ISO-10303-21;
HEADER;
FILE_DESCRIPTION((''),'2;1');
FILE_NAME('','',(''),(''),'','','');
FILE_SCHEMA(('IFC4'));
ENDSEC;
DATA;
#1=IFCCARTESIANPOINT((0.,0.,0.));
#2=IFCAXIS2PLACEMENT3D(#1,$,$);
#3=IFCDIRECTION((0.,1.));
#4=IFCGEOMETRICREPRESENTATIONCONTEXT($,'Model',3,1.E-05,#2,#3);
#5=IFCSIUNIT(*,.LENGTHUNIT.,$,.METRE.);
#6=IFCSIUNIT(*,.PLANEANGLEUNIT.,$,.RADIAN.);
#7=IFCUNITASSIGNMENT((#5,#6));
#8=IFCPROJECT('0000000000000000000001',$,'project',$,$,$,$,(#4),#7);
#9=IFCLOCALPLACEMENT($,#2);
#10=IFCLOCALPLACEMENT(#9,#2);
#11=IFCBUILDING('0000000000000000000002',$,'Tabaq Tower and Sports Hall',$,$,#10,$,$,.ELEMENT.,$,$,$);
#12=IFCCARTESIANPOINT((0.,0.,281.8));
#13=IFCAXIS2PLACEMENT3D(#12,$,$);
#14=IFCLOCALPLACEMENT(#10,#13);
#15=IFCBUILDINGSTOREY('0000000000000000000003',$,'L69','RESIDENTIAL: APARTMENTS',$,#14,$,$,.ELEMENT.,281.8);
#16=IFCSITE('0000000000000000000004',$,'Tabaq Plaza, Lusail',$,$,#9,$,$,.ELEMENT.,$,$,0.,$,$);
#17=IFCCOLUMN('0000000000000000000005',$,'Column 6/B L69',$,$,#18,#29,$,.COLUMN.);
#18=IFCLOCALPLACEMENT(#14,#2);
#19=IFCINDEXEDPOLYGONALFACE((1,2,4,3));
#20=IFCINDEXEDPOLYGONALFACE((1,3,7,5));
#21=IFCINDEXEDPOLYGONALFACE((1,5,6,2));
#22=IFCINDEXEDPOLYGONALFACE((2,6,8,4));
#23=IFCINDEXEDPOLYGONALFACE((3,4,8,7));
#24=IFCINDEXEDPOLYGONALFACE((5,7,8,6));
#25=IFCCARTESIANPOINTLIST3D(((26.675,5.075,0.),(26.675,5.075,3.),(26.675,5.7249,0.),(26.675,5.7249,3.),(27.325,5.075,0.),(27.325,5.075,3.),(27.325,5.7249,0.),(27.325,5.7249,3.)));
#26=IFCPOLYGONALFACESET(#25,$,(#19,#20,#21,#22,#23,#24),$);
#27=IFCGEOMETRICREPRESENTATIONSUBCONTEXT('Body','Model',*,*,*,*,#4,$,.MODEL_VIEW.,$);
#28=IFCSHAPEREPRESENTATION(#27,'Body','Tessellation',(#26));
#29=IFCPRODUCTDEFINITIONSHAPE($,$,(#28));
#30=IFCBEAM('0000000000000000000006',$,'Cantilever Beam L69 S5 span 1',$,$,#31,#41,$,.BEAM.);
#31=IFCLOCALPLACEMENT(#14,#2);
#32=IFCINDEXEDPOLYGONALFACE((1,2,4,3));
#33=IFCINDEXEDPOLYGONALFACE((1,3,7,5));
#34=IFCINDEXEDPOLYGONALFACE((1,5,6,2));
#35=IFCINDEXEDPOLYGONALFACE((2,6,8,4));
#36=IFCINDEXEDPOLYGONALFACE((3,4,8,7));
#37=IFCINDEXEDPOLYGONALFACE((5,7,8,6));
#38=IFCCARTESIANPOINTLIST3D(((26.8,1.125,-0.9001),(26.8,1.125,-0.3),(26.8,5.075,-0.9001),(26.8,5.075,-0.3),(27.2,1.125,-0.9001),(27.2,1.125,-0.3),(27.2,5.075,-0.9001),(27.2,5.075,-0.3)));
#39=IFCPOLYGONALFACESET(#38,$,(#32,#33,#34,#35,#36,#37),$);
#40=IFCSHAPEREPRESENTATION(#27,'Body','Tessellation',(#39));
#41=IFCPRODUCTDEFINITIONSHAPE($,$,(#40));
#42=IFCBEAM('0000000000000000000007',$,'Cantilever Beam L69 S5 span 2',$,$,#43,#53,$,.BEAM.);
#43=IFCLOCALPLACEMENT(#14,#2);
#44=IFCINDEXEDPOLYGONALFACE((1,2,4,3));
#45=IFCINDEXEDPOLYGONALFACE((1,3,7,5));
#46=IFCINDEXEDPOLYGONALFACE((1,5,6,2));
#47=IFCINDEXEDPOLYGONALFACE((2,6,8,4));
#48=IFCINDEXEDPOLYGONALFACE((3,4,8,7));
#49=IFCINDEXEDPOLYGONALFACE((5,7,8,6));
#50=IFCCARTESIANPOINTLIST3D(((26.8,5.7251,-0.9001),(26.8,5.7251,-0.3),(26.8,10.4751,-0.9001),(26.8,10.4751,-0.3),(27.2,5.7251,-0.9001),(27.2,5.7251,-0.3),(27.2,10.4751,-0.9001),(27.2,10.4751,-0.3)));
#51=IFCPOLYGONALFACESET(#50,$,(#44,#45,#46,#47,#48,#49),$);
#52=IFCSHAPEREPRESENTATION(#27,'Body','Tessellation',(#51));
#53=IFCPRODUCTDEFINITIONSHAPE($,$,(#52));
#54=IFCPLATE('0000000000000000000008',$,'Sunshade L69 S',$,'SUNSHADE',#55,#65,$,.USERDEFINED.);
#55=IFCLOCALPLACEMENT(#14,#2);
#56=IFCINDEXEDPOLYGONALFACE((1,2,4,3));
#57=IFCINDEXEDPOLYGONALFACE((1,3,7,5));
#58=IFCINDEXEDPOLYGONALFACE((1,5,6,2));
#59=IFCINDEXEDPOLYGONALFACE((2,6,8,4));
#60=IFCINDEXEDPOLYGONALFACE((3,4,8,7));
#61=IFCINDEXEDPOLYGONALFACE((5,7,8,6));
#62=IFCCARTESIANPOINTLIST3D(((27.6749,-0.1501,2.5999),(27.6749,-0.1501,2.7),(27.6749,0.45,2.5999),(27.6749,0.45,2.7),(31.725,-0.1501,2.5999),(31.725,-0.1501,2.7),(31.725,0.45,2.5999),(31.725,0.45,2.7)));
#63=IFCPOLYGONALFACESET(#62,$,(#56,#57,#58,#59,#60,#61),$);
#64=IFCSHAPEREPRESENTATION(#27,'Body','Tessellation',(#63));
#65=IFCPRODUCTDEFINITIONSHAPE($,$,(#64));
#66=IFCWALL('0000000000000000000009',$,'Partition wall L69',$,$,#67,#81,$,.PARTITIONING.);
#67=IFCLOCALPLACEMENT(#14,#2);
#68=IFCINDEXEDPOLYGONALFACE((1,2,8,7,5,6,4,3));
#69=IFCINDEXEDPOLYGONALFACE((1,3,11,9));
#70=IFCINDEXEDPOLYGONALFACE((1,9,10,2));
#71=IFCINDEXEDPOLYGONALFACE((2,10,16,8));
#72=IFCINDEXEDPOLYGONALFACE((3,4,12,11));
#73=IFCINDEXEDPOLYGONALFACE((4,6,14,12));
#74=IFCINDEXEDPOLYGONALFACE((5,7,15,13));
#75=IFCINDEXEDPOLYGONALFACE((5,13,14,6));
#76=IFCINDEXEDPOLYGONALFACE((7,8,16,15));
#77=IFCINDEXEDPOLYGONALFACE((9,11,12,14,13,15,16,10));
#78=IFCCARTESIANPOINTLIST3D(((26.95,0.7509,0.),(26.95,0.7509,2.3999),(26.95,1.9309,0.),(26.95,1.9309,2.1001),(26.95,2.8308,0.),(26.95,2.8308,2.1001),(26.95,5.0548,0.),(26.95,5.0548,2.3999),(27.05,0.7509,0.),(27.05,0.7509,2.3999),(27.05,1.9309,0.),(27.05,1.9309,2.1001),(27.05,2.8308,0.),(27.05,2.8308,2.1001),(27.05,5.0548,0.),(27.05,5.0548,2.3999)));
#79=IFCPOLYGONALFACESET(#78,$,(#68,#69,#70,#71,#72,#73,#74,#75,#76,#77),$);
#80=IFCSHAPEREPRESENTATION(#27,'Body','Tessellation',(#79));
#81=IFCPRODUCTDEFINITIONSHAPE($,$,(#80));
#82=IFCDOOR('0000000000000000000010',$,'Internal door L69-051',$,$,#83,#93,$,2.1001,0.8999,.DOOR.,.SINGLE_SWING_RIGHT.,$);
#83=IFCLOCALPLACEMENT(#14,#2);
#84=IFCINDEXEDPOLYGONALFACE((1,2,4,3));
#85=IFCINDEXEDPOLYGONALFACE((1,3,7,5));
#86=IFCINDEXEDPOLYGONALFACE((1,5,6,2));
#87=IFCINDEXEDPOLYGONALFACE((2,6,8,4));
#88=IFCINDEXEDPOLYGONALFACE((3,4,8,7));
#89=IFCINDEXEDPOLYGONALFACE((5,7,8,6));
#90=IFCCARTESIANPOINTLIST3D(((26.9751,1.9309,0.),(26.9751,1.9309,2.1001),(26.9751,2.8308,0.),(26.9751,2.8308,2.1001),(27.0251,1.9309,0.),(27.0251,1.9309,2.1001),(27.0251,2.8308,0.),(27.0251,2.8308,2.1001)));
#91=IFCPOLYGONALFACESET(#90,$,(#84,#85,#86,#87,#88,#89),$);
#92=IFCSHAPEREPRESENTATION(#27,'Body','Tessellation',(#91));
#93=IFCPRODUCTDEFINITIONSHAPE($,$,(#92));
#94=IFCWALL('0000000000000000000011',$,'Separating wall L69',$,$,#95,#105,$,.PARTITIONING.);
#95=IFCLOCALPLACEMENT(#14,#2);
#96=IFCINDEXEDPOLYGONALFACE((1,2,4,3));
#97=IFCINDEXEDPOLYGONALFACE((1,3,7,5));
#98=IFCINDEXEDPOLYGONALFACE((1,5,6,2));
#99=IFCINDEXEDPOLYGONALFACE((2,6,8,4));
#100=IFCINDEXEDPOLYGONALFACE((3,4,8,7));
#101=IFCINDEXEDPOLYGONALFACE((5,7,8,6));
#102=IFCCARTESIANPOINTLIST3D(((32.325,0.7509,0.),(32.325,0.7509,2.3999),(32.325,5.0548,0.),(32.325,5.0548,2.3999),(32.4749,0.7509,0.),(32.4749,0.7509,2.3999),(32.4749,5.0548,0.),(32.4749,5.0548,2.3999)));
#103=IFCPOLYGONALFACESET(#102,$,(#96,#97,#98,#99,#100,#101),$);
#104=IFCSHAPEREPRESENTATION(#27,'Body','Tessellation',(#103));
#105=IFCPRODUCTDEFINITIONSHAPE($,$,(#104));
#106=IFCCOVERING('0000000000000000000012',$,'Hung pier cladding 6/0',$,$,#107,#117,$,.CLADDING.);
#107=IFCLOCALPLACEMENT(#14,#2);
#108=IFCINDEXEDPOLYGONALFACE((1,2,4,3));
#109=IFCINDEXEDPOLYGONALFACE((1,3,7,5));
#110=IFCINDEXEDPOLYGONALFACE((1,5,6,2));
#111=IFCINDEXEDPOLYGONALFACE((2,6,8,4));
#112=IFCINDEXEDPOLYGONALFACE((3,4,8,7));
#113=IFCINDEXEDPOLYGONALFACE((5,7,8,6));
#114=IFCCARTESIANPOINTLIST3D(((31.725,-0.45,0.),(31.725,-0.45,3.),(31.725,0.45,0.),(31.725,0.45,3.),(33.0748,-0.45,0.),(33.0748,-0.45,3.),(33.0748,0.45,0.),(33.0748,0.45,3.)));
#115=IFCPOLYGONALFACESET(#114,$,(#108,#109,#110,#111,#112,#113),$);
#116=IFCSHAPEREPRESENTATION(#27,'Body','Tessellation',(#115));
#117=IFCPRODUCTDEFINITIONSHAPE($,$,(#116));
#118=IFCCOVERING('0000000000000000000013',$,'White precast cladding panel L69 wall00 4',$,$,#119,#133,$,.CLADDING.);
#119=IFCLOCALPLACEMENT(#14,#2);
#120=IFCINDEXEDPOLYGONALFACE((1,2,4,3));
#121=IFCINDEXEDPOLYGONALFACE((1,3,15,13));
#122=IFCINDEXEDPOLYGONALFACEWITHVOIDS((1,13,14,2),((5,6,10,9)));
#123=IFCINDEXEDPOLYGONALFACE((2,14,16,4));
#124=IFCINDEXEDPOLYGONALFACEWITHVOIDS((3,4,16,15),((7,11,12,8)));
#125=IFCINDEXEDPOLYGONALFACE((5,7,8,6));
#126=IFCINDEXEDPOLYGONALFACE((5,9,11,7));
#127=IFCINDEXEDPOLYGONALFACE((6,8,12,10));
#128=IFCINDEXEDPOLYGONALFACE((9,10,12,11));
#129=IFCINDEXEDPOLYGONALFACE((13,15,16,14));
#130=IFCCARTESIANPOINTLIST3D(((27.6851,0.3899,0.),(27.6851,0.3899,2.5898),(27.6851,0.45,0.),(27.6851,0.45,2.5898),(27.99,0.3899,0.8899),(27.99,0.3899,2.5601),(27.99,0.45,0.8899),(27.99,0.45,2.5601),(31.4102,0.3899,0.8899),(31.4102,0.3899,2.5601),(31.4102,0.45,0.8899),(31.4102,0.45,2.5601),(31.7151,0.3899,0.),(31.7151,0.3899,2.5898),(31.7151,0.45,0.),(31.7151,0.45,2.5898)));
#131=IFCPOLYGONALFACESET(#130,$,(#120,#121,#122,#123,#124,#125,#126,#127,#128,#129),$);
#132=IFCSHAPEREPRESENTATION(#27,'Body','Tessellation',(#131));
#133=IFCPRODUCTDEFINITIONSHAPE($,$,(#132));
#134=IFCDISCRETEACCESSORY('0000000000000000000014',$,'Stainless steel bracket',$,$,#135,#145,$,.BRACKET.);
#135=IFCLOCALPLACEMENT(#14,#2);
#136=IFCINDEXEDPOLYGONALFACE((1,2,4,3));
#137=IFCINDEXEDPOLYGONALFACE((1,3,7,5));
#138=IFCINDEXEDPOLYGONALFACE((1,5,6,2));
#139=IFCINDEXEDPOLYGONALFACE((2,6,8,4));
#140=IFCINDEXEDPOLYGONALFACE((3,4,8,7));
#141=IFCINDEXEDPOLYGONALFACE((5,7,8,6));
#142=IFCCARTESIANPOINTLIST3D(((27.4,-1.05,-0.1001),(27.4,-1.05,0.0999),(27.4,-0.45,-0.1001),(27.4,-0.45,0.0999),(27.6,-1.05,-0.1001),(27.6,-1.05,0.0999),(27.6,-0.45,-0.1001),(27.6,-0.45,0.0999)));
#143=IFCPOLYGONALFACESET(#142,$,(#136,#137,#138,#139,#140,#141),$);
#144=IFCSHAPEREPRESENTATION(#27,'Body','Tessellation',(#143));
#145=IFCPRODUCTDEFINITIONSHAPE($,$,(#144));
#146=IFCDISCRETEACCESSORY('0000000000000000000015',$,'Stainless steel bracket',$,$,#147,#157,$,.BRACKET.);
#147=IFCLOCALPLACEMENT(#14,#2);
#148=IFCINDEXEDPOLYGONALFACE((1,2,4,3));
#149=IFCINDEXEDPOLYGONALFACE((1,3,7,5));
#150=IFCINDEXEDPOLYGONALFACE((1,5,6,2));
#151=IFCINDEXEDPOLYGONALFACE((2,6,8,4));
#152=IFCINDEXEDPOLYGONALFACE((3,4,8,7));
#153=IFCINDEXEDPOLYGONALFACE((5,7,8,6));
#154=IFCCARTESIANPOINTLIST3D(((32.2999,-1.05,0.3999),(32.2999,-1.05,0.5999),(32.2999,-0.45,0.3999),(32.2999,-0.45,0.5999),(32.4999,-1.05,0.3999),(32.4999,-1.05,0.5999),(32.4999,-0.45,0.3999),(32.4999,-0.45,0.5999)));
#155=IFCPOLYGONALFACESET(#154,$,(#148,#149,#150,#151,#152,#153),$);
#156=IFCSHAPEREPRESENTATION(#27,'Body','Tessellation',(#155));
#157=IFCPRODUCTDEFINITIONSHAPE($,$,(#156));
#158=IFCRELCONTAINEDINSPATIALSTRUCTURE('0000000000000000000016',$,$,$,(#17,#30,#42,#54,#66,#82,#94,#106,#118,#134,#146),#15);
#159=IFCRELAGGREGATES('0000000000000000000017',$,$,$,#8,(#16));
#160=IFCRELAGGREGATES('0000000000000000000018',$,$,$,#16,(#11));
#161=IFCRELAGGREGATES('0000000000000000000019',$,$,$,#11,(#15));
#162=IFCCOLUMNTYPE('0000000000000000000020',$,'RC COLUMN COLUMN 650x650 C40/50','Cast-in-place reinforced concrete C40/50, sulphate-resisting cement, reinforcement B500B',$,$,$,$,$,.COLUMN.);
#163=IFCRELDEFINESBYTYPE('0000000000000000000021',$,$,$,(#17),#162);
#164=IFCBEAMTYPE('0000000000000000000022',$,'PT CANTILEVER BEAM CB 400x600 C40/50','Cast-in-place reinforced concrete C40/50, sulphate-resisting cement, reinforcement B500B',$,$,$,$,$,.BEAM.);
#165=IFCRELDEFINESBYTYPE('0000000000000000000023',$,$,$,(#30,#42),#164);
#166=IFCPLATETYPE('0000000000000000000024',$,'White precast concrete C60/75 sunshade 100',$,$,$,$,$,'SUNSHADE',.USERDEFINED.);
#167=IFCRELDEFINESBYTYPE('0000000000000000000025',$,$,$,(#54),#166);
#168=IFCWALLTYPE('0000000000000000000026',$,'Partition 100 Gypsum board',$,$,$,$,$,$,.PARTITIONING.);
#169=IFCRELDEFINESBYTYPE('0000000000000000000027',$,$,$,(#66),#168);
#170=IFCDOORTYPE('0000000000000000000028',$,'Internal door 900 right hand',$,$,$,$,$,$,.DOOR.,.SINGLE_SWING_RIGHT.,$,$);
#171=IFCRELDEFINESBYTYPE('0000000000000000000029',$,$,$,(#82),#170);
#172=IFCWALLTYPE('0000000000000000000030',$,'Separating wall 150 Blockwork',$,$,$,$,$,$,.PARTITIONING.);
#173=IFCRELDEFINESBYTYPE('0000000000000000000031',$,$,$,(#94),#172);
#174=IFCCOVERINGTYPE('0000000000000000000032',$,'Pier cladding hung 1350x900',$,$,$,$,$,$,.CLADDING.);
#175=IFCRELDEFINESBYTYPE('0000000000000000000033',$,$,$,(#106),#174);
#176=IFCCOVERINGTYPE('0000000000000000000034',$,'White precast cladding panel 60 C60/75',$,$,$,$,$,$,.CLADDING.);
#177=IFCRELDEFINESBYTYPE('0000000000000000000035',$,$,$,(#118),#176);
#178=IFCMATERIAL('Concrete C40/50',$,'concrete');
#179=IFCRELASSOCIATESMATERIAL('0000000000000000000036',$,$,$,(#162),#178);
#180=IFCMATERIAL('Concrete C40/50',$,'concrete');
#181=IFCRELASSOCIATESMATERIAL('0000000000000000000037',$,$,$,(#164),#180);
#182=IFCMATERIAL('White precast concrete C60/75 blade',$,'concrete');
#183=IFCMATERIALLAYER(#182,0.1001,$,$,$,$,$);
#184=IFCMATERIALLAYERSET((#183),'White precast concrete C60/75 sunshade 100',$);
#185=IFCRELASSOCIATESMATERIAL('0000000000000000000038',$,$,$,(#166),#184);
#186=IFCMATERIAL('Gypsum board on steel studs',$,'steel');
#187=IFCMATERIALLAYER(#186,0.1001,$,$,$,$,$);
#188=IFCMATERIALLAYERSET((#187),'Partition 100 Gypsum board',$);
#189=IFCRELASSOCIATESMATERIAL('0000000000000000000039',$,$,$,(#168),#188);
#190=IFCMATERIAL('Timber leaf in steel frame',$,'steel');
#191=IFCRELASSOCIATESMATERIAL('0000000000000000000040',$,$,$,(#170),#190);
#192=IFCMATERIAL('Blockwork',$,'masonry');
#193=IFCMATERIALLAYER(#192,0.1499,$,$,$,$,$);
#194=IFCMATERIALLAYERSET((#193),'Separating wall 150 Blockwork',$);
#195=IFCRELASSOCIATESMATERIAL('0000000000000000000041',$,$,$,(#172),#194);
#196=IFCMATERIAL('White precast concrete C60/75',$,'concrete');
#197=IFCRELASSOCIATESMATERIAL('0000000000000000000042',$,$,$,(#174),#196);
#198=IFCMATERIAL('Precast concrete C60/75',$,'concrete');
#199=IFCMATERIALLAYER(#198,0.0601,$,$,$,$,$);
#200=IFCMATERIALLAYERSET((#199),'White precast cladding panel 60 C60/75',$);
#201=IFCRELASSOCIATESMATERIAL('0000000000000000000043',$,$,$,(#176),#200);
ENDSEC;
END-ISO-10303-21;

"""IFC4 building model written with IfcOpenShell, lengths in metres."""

from ifc_helpers import new_model, si_unit, direction, frame, frame_2d, origin, origin_2d, place, context, subcontext, project, spatial, polyline, rectangle, outline, extrude, material, layer, layer_set, material_profile, profile_set, type_object, element, fill, save


model = new_model("IFC4")

# Units and contexts
model_context = context("Model", 3, precision=1e-05, world=origin(), true_north=direction((0.0, 1.0)))
body_context = subcontext(model_context, "Body", "Model", "MODEL_VIEW")
ifc_project = project(units=[si_unit("LENGTHUNIT", "METRE"), si_unit("PLANEANGLEUNIT", "RADIAN")], contexts=[model_context])

# Site, building, storey
site_placement = place(None, origin())
site = spatial("IfcSite", under=ifc_project, at=site_placement, Name="Tabaq Plaza, Lusail", CompositionType="ELEMENT", RefElevation=0.0)
building_placement = place(site_placement, origin())
building = spatial("IfcBuilding", under=site, at=building_placement, Name="Tabaq Tower and Sports Hall", CompositionType="ELEMENT")
storey_placement = place(building_placement, frame((0.0, 0.0, 281.8)))
storey = spatial("IfcBuildingStorey", under=building, at=storey_placement, Name="L69", Description="RESIDENTIAL: APARTMENTS", CompositionType="ELEMENT", Elevation=281.8)

# Column
ifc_material_1 = material(Name="Concrete C40/50", Category="concrete")
ifc_material_profile_1 = material_profile(ifc_material_1, rectangle(XDim=0.6499, YDim=0.6499, at=origin_2d()), Name="COLUMN 650x650")
ifc_profile_set_1 = profile_set([ifc_material_profile_1], Name="Concrete C40/50")
column_type = type_object("IfcColumnType", Name="RC COLUMN COLUMN 650x650 C40/50", Description="Cast-in-place reinforced concrete C40/50, sulphate-resisting cement, reinforcement B500B", PredefinedType="COLUMN", material=ifc_profile_set_1)
column_placement = place(storey_placement, frame((27.0, 5.3999, 0.0), z_axis=(0.0, 0.0, 1.0), x_axis=(1.0, 0.0, 0.0)))
element("IfcColumn", 1, at=column_placement, inside=storey, type_object=column_type, Name="Column 6/B L69", PredefinedType="COLUMN", context=body_context, shape_type="SweptSolid", body=[
    extrude(rectangle(XDim=0.6499, YDim=0.6499, at=origin_2d()), origin(), (0.0, 0.0, 1.0), 3.0),
])

# Beams
ifc_material_2 = material(Name="Concrete C40/50", Category="concrete")
ifc_material_profile_2 = material_profile(ifc_material_2, rectangle(XDim=0.3999, YDim=0.6001, at=origin_2d()), Name="CB 400x600")
ifc_profile_set_2 = profile_set([ifc_material_profile_2], Name="Concrete C40/50")
beam_type = type_object("IfcBeamType", Name="PT CANTILEVER BEAM CB 400x600 C40/50", Description="Cast-in-place reinforced concrete C40/50, sulphate-resisting cement, reinforcement B500B", PredefinedType="BEAM", material=ifc_profile_set_2)
beam_1_placement = place(storey_placement, frame((27.0, 1.125, -0.6001), z_axis=(0.0, 1.0, 0.0), x_axis=(-1.0, 0.0, 0.0)))
element("IfcBeam", 2, at=beam_1_placement, inside=storey, type_object=beam_type, Name="Cantilever Beam L69 S5 span 1", PredefinedType="BEAM", context=body_context, shape_type="SweptSolid", body=[
    extrude(rectangle(XDim=0.3999, YDim=0.6001, at=origin_2d()), origin(), (0.0, 0.0, 1.0), 3.95),
])
beam_2_placement = place(storey_placement, frame((27.0, 5.7251, -0.6001), z_axis=(0.0, 1.0, 0.0), x_axis=(-1.0, 0.0, 0.0)))
element("IfcBeam", 3, at=beam_2_placement, inside=storey, type_object=beam_type, Name="Cantilever Beam L69 S5 span 2", PredefinedType="BEAM", context=body_context, shape_type="SweptSolid", body=[
    extrude(rectangle(XDim=0.3999, YDim=0.6001, at=origin_2d()), origin(), (0.0, 0.0, 1.0), 4.75),
])

# Plate
ifc_material_3 = material(Name="White precast concrete C60/75 blade", Category="concrete")
ifc_layer_1 = layer(ifc_material_3, 0.1001)
ifc_layer_set_1 = layer_set([ifc_layer_1], Name="White precast concrete C60/75 sunshade 100")
plate_type = type_object("IfcPlateType", Name="White precast concrete C60/75 sunshade 100", ElementType="SUNSHADE", PredefinedType="USERDEFINED", material=ifc_layer_set_1)
plate_placement = place(storey_placement, frame((29.7, 0.1499, 2.5999), z_axis=(0.0, 0.0, 1.0), x_axis=(1.0, 0.0, 0.0)))
element("IfcPlate", 4, at=plate_placement, inside=storey, type_object=plate_type, Name="Sunshade L69 S", ObjectType="SUNSHADE", PredefinedType="USERDEFINED", context=body_context, shape_type="SweptSolid", body=[
    extrude(rectangle(XDim=4.05, YDim=0.6001, at=origin_2d()), origin(), (0.0, 0.0, 1.0), 0.1001),
])

# Wall, opening, door
ifc_material_4 = material(Name="Gypsum board on steel studs", Category="steel")
ifc_layer_2 = layer(ifc_material_4, 0.1001)
ifc_layer_set_2 = layer_set([ifc_layer_2], Name="Partition 100 Gypsum board")
wall_type_1 = type_object("IfcWallType", Name="Partition 100 Gypsum board", PredefinedType="PARTITIONING", material=ifc_layer_set_2)
wall_1_placement = place(storey_placement, frame((27.0, 0.751, 0.0), z_axis=(0.0, 0.0, 1.0), x_axis=(0.0, 1.0, 0.0)))
wall_1 = element("IfcWall", 5, at=wall_1_placement, inside=storey, type_object=wall_type_1, Name="Partition wall L69", PredefinedType="PARTITIONING", context=body_context, shape_type="SweptSolid", body=[
    extrude(rectangle(XDim=4.304, YDim=0.1001, at=frame_2d((2.1519, 0.0))), origin(), (0.0, 0.0, 1.0), 2.3999),
])
opening_placement = place(wall_1_placement, frame((1.1799, 0.0, 0.0)))
opening = element("IfcOpeningElement", 6, at=opening_placement, cuts=wall_1, PredefinedType="OPENING", context=body_context, shape_type="SweptSolid", body=[
    extrude(rectangle(XDim=0.8999, YDim=2.1001, at=frame_2d((0.45, 1.05))), frame((0.0, 0.05, 0.0), z_axis=(0.0, -1.0, 0.0), x_axis=(1.0, 0.0, 0.0)), (0.0, 0.0, 1.0), 0.1001),
])
ifc_material_5 = material(Name="Timber leaf in steel frame", Category="steel")
door_type = type_object("IfcDoorType", Name="Internal door 900 right hand", OperationType="SINGLE_SWING_RIGHT", PredefinedType="DOOR", material=ifc_material_5)
door_placement = place(opening_placement, origin())
door = element("IfcDoor", 7, at=door_placement, inside=storey, type_object=door_type, Name="Internal door L69-051", OperationType="SINGLE_SWING_RIGHT", OverallHeight=2.1001, OverallWidth=0.8999, PredefinedType="DOOR", context=body_context, shape_type="SweptSolid", body=[
    extrude(rectangle(XDim=0.8999, YDim=2.1001, at=frame_2d((0.45, 1.05))), frame((0.0, 0.0249, 0.0), z_axis=(0.0, -1.0, 0.0), x_axis=(1.0, 0.0, 0.0)), (0.0, 0.0, 1.0), 0.05),
])
fill(opening, door)

# Wall
ifc_material_6 = material(Name="Blockwork", Category="masonry")
ifc_layer_3 = layer(ifc_material_6, 0.1499)
ifc_layer_set_3 = layer_set([ifc_layer_3], Name="Separating wall 150 Blockwork")
wall_type_2 = type_object("IfcWallType", Name="Separating wall 150 Blockwork", PredefinedType="PARTITIONING", material=ifc_layer_set_3)
wall_2_placement = place(storey_placement, frame((32.3999, 0.751, 0.0), z_axis=(0.0, 0.0, 1.0), x_axis=(0.0, 1.0, 0.0)))
element("IfcWall", 8, at=wall_2_placement, inside=storey, type_object=wall_type_2, Name="Separating wall L69", PredefinedType="PARTITIONING", context=body_context, shape_type="SweptSolid", body=[
    extrude(rectangle(XDim=4.304, YDim=0.1499, at=frame_2d((2.1519, 0.0))), origin(), (0.0, 0.0, 1.0), 2.3999),
])

# Coverings
ifc_material_7 = material(Name="White precast concrete C60/75", Category="concrete")
covering_type_1 = type_object("IfcCoveringType", Name="Pier cladding hung 1350x900", PredefinedType="CLADDING", material=ifc_material_7)
covering_1_placement = place(storey_placement, frame((31.7251, 0.0, 0.0), z_axis=(0.0, 0.0, 1.0), x_axis=(1.0, 0.0, 0.0)))
element("IfcCovering", 9, at=covering_1_placement, inside=storey, type_object=covering_type_1, Name="Hung pier cladding 6/0", PredefinedType="CLADDING", context=body_context, shape_type="SweptSolid", body=[
    extrude(rectangle(XDim=1.3499, YDim=0.8999, at=frame_2d((0.6748, 0.0))), origin(), (0.0, 0.0, 1.0), 3.0),
])
ifc_material_8 = material(Name="Precast concrete C60/75", Category="concrete")
ifc_layer_4 = layer(ifc_material_8, 0.0601)
ifc_layer_set_4 = layer_set([ifc_layer_4], Name="White precast cladding panel 60 C60/75")
covering_type_2 = type_object("IfcCoveringType", Name="White precast cladding panel 60 C60/75", PredefinedType="CLADDING", material=ifc_layer_set_4)
covering_2_placement = place(storey_placement, frame((27.6851, 0.4199, 0.0), z_axis=(0.0, 0.0, 1.0), x_axis=(1.0, 0.0, 0.0)))
element("IfcCovering", 10, at=covering_2_placement, inside=storey, type_object=covering_type_2, Name="White precast cladding panel L69 wall00 4", PredefinedType="CLADDING", context=body_context, shape_type="SweptSolid", body=[
    extrude(outline(polyline([(0.0, 0.0), (4.03, 0.0), (4.03, 2.5898), (0.0, 2.5898), (0.0, 0.0)]), holes=[polyline([(3.7251, 0.8899), (0.3049, 0.8899), (0.3049, 2.5601), (3.7251, 2.5601), (3.7251, 0.8899)])]), frame((0.0, 0.03, 0.0), z_axis=(0.0, -1.0, 0.0), x_axis=(1.0, 0.0, 0.0)), (0.0, 0.0, 1.0), 0.0601),
])

# Discrete accessories
for number, where, z_axis, x_axis, name in (
    (11, (27.5, -0.75, -0.1001), (0.0, 0.0, 1.0), (0.0, -1.0, 0.0), "Stainless steel bracket"),
    (12, (32.3999, -0.75, 0.3999), (0.0, 0.0, 1.0), (0.0, -1.0, 0.0), "Stainless steel bracket"),
):
    element("IfcDiscreteAccessory", number, at=place(storey_placement, frame(where, z_axis=z_axis, x_axis=x_axis)), inside=storey, Name=name, PredefinedType="BRACKET", context=body_context, shape_type="SweptSolid", body=[
        extrude(rectangle(XDim=0.6001, YDim=0.2, at=origin_2d()), origin(), (0.0, 0.0, 1.0), 0.2),
    ])

save(model, "model.ifc")
